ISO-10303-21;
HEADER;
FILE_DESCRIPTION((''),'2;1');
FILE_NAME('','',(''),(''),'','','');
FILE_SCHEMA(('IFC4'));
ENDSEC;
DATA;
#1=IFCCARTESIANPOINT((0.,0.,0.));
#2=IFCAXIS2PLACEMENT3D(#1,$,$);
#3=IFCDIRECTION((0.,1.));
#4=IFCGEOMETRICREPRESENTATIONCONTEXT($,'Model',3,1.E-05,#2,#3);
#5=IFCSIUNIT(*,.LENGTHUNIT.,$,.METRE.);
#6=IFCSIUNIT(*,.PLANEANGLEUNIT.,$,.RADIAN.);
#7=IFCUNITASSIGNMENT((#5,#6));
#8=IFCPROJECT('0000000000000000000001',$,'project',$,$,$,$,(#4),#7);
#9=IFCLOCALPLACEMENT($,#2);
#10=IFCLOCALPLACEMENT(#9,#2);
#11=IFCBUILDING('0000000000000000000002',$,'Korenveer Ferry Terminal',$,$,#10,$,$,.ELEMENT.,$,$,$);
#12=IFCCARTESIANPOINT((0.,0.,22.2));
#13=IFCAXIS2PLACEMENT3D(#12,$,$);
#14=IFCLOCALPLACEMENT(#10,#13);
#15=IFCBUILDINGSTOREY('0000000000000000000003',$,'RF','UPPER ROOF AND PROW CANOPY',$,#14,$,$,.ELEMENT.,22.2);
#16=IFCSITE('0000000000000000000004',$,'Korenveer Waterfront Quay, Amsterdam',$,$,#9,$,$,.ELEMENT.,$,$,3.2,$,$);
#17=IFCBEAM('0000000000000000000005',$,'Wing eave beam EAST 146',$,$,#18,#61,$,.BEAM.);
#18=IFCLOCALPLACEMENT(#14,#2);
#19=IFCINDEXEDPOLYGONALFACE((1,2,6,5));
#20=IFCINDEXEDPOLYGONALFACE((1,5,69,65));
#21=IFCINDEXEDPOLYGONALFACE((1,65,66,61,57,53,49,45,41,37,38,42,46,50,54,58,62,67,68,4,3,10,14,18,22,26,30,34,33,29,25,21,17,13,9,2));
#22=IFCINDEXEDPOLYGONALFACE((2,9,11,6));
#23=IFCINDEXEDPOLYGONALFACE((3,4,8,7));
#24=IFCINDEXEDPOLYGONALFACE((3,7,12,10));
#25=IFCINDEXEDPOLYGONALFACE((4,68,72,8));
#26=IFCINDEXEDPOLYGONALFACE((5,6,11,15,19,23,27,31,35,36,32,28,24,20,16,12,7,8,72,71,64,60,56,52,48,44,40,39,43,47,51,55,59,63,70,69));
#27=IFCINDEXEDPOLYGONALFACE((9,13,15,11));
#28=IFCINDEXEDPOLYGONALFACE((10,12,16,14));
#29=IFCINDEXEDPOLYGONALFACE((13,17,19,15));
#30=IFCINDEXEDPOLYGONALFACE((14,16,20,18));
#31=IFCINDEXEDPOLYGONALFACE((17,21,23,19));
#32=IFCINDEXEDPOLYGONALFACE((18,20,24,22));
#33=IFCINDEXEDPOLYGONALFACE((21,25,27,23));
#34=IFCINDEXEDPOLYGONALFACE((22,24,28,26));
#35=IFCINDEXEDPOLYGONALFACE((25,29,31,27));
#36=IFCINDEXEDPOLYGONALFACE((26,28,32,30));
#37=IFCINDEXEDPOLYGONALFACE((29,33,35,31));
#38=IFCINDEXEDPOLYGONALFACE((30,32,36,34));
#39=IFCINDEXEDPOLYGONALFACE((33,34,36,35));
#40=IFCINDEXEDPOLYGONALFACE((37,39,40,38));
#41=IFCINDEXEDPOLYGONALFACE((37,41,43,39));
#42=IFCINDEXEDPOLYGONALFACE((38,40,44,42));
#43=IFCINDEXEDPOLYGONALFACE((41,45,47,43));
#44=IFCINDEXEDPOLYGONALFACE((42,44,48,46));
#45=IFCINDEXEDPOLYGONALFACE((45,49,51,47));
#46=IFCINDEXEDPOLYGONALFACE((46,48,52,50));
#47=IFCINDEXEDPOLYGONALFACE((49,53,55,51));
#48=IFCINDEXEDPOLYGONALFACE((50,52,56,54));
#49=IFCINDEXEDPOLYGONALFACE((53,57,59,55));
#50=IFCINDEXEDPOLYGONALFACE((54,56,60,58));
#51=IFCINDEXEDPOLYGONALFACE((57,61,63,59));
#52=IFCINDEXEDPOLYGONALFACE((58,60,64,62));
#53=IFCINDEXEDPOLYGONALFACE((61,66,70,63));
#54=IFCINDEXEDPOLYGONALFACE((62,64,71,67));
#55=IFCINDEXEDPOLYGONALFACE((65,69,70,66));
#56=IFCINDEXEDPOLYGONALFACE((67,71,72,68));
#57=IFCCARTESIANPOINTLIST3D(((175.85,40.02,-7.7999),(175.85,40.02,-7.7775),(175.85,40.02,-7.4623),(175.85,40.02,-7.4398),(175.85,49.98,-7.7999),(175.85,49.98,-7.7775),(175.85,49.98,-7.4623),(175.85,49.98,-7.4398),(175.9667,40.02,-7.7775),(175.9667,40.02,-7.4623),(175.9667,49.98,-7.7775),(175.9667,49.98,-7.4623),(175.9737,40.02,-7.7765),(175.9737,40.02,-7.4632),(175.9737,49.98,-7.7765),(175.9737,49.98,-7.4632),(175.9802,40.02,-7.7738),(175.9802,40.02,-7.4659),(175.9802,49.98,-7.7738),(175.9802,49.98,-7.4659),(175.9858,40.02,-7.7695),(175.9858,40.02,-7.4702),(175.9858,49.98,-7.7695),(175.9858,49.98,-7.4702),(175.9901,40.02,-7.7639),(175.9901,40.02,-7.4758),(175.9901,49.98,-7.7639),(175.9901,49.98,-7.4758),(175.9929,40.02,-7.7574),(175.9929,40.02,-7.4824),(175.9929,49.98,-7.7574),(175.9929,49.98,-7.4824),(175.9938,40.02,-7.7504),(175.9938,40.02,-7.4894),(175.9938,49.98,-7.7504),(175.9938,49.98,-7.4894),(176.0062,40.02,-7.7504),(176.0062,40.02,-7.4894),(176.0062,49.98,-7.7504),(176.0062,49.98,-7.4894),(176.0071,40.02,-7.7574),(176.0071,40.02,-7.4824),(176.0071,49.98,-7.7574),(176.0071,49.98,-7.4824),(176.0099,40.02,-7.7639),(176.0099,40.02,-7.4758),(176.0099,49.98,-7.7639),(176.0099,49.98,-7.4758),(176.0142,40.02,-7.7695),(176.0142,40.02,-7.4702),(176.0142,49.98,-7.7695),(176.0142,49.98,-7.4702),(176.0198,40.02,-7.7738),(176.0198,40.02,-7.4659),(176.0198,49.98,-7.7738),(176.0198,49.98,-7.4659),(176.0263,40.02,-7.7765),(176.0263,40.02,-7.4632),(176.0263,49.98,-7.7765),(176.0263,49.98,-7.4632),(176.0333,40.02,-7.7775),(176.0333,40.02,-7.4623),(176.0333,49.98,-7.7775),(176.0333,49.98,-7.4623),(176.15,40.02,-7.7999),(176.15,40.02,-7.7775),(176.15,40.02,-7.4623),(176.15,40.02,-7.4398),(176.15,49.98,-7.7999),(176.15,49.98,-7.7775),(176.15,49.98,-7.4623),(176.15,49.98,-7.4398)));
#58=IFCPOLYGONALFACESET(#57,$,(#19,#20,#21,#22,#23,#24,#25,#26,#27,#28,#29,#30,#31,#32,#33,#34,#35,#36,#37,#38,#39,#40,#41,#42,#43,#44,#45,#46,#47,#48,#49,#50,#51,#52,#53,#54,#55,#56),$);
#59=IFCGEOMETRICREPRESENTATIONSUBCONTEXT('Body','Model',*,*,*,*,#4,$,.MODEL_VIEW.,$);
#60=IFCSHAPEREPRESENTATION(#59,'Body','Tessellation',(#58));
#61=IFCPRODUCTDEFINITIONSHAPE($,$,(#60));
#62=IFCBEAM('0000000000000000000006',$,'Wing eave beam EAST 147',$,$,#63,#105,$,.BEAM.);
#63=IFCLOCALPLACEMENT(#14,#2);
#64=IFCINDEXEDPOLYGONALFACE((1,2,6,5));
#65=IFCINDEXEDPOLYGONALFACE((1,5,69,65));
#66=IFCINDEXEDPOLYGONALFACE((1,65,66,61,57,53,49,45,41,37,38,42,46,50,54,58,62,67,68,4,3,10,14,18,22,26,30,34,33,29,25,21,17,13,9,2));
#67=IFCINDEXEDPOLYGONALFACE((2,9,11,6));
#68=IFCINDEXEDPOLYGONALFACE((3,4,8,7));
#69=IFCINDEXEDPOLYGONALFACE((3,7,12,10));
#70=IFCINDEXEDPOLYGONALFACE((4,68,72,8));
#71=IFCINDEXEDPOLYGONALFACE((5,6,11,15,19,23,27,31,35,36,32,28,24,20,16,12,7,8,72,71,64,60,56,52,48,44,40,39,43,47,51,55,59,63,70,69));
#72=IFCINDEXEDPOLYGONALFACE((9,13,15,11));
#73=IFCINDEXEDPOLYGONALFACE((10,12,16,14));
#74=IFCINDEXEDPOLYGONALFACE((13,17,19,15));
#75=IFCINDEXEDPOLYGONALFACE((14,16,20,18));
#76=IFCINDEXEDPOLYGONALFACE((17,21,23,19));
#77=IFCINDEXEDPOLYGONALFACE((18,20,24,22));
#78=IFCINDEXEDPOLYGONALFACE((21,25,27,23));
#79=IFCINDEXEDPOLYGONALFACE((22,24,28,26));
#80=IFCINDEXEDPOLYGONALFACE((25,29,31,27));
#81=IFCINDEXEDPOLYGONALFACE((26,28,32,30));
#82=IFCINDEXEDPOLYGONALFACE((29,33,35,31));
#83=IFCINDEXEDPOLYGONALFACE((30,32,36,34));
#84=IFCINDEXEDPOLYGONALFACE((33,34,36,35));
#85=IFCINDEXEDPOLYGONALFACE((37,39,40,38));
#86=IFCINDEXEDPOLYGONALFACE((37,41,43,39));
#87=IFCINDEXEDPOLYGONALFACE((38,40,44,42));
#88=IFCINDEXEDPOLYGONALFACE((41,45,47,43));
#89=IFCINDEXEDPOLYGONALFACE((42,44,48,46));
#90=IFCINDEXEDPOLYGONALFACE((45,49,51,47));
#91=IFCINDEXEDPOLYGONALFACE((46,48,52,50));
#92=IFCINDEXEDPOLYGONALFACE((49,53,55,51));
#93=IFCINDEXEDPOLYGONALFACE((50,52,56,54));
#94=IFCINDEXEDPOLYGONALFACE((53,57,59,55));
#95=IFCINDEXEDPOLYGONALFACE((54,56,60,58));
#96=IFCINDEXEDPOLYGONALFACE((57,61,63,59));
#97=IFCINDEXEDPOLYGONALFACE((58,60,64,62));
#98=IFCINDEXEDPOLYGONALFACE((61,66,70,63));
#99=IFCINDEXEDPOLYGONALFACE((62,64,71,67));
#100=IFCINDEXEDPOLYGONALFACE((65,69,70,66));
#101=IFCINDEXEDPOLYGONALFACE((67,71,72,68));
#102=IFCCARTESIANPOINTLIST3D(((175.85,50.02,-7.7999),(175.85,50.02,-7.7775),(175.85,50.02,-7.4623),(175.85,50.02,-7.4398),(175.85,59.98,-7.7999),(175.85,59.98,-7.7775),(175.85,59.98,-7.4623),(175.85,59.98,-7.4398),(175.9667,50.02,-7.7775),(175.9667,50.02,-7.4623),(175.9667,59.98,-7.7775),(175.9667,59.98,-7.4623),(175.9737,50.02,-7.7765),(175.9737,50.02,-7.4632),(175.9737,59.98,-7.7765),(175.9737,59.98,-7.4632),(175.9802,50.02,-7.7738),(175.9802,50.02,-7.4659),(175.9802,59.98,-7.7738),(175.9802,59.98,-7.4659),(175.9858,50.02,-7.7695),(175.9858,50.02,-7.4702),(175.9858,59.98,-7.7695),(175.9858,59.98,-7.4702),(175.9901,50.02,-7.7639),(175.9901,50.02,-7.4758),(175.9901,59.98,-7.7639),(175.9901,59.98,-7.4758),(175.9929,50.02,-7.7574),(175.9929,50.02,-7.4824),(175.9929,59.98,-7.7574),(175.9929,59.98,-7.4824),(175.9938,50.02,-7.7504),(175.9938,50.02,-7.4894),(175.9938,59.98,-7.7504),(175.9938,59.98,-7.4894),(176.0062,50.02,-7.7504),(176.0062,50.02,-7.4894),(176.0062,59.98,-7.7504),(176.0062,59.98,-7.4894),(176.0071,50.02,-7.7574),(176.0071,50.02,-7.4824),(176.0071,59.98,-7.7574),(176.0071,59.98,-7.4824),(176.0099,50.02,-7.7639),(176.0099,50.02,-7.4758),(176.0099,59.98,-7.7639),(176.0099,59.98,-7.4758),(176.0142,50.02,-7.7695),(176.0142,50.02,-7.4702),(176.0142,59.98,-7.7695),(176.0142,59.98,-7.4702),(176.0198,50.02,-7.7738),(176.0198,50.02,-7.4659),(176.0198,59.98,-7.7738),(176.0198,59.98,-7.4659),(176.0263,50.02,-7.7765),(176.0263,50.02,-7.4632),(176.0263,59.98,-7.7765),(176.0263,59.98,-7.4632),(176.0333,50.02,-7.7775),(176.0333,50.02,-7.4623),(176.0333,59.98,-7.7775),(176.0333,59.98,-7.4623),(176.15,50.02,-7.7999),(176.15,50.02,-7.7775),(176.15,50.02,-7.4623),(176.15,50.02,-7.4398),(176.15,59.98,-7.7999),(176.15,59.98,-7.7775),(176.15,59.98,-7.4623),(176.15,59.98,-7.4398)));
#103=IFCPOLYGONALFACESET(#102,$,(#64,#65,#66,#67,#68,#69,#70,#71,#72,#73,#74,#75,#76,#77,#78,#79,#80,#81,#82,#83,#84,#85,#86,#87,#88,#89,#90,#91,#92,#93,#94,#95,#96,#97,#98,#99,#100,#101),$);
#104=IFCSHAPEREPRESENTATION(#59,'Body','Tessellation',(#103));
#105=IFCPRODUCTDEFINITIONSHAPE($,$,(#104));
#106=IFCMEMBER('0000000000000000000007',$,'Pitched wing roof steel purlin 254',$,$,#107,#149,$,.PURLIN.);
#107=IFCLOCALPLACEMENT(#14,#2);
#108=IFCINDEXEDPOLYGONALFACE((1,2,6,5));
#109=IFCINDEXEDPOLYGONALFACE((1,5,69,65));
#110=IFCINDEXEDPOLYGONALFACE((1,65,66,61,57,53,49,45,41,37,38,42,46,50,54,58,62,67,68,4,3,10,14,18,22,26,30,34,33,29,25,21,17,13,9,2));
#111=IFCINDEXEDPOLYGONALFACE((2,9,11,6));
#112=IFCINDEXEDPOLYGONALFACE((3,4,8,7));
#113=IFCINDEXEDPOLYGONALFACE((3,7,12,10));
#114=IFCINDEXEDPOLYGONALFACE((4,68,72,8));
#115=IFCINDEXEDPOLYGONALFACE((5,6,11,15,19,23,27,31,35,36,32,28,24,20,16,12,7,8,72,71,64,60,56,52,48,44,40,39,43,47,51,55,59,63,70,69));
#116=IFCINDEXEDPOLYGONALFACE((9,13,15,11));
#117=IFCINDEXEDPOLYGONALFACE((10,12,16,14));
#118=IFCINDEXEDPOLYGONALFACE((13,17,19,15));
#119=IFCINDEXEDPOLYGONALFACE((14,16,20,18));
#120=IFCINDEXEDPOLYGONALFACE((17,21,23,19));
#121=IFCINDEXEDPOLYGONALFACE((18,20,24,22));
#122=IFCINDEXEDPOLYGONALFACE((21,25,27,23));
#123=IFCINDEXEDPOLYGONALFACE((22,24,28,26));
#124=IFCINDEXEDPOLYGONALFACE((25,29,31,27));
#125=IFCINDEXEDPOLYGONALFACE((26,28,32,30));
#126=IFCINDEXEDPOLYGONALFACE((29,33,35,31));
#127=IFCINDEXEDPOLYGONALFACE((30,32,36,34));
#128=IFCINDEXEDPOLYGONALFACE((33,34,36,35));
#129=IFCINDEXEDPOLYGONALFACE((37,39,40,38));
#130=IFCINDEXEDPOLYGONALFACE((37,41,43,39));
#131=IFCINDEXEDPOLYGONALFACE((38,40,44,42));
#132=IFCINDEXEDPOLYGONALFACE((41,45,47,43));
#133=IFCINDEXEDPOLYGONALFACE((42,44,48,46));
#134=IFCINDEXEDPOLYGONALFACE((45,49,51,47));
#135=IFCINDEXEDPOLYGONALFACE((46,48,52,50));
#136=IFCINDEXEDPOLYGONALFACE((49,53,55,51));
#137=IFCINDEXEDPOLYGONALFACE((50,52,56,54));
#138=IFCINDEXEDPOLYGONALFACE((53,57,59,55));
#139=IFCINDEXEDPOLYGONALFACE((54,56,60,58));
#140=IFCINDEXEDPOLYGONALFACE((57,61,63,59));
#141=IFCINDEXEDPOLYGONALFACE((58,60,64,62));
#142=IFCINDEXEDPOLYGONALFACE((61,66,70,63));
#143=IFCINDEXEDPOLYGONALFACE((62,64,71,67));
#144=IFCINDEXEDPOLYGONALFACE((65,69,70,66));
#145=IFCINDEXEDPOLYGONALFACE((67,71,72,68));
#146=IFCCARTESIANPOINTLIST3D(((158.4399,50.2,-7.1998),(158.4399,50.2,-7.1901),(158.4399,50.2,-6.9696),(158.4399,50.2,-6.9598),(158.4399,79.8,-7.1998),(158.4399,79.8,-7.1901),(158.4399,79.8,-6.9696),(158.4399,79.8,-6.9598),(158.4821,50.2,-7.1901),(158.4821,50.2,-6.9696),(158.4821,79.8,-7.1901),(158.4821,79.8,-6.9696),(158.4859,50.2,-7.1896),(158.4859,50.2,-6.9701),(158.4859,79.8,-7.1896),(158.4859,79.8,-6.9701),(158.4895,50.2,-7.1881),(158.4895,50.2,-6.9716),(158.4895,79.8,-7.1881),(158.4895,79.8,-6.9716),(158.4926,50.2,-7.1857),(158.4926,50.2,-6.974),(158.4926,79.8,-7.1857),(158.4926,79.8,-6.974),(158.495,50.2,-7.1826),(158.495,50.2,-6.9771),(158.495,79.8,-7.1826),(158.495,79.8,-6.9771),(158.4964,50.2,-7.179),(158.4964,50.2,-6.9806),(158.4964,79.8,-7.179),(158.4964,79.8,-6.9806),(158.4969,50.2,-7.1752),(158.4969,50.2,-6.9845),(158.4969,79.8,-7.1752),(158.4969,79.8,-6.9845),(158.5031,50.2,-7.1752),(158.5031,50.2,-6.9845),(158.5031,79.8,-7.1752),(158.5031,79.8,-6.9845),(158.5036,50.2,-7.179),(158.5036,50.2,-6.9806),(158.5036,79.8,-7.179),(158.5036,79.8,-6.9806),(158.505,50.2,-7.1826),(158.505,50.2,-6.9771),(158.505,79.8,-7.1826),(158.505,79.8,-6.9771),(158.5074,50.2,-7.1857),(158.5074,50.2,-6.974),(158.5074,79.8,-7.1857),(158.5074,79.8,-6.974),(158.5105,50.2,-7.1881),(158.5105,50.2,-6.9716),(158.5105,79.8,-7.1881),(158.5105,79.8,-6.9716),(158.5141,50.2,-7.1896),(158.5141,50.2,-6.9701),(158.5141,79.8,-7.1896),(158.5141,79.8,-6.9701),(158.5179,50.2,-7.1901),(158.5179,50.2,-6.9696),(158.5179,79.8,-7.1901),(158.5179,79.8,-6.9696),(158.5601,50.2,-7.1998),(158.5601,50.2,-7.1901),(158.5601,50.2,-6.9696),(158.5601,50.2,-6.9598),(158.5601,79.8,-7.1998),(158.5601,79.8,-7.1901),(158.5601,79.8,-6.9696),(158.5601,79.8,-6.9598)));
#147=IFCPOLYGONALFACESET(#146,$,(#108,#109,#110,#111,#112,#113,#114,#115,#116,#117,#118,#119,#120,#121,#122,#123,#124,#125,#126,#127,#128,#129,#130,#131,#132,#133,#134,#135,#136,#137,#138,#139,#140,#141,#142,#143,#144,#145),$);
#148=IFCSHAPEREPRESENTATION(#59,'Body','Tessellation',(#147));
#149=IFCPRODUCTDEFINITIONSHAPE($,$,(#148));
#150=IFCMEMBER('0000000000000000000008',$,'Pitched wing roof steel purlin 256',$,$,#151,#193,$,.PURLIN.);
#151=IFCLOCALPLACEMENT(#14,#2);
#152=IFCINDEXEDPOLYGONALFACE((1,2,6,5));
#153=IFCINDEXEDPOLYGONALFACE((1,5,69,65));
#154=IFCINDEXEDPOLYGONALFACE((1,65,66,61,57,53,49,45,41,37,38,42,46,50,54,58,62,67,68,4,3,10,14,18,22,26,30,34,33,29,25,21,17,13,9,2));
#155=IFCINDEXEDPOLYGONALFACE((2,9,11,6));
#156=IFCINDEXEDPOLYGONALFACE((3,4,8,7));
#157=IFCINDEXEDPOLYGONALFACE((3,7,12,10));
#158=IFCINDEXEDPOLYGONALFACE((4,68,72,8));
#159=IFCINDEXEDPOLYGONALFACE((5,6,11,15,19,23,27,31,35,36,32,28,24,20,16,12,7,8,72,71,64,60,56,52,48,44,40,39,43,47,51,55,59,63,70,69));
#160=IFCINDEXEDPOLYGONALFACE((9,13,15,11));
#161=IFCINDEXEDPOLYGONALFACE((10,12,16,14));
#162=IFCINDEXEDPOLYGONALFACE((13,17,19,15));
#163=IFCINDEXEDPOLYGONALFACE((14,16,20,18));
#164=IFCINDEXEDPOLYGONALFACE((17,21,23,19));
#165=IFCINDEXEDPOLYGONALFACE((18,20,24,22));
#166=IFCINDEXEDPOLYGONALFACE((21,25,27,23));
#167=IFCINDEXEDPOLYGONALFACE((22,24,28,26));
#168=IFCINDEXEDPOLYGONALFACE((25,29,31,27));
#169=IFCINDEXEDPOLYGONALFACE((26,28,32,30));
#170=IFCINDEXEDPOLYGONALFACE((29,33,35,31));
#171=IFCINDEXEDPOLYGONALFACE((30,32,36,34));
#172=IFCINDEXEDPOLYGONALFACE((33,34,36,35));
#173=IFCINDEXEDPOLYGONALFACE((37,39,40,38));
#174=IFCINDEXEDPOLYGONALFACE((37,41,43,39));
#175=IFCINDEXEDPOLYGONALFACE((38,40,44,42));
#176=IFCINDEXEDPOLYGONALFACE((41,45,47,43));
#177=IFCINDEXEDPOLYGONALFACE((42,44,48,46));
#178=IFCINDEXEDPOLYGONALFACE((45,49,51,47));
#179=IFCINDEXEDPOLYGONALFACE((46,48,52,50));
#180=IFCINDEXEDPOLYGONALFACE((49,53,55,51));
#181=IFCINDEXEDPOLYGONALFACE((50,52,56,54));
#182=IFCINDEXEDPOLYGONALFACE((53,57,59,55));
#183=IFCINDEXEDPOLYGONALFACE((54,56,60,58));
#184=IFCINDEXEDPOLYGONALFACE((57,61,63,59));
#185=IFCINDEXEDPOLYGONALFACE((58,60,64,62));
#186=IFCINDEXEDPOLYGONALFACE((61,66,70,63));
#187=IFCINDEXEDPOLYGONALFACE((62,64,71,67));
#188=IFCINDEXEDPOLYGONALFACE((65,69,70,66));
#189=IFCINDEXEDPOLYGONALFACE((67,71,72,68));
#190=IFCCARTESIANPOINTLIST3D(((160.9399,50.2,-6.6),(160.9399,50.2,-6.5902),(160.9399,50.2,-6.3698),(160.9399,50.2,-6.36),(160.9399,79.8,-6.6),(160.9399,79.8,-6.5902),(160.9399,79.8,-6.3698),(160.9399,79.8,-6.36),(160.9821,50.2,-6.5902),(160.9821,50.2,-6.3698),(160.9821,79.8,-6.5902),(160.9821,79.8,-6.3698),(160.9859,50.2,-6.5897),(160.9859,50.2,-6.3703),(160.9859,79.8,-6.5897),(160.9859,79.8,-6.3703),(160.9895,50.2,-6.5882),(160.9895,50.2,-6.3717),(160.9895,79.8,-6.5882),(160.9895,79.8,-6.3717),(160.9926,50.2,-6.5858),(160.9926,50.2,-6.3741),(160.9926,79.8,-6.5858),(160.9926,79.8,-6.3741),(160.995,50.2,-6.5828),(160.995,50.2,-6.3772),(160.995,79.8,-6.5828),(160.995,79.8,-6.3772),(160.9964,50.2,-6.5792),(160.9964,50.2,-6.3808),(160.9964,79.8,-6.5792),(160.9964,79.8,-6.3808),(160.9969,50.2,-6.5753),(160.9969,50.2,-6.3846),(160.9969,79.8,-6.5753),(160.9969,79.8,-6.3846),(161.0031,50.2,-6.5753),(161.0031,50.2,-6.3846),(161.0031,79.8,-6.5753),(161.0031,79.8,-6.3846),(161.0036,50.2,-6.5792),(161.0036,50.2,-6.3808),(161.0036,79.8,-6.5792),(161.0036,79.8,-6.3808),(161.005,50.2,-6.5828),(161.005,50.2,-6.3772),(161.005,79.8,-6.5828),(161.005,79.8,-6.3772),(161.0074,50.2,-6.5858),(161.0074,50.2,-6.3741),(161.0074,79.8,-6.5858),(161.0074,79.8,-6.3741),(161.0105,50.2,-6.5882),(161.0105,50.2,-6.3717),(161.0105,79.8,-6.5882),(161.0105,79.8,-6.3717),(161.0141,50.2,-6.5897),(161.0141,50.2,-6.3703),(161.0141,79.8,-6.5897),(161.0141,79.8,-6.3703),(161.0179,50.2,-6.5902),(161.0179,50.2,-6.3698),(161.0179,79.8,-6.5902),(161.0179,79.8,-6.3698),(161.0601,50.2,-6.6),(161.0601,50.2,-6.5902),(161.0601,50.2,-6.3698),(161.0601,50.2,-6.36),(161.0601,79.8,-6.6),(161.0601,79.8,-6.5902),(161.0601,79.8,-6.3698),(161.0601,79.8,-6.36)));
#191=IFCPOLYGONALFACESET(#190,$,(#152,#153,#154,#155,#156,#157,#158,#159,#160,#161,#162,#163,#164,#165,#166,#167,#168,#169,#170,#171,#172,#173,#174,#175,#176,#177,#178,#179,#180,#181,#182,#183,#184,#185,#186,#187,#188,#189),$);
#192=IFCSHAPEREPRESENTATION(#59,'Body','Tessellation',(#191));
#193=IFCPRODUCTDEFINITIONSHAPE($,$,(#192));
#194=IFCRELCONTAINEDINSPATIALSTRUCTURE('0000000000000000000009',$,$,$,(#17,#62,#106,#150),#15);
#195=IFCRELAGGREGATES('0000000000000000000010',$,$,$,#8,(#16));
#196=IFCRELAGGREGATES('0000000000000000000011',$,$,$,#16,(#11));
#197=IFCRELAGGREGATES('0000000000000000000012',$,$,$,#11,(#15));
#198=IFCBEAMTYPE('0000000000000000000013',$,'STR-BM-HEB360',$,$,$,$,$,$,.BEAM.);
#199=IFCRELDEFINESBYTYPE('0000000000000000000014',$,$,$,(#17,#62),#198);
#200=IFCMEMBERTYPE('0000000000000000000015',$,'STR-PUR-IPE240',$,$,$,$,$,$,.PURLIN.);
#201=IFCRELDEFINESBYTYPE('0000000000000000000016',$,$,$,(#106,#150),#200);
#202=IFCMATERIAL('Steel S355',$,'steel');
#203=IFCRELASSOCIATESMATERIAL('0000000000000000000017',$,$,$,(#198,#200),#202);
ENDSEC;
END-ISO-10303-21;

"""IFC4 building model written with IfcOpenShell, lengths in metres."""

from ifc_helpers import new_model, si_unit, direction, frame, origin, origin_2d, place, context, subcontext, project, spatial, i_section, extrude, material, material_profile, profile_set, type_object, element, save


model = new_model("IFC4")

# Units and contexts
model_context = context("Model", 3, precision=1e-05, world=origin(), true_north=direction((0.0, 1.0)))
body_context = subcontext(model_context, "Body", "Model", "MODEL_VIEW")
ifc_project = project(units=[si_unit("LENGTHUNIT", "METRE"), si_unit("PLANEANGLEUNIT", "RADIAN")], contexts=[model_context])

# Site, building, storey
site_placement = place(None, origin())
site = spatial("IfcSite", under=ifc_project, at=site_placement, Name="Korenveer Waterfront Quay, Amsterdam", CompositionType="ELEMENT", RefElevation=3.2)
building_placement = place(site_placement, origin())
building = spatial("IfcBuilding", under=site, at=building_placement, Name="Korenveer Ferry Terminal", CompositionType="ELEMENT")
storey_placement = place(building_placement, frame((0.0, 0.0, 22.2)))
storey = spatial("IfcBuildingStorey", under=building, at=storey_placement, Name="RF", Description="UPPER ROOF AND PROW CANOPY", CompositionType="ELEMENT", Elevation=22.2)

# Beams
ifc_material_1 = material(Name="Steel S355", Category="steel")
ifc_material_profile_1 = material_profile(ifc_material_1, i_section(OverallWidth=0.3, OverallDepth=0.3601, WebThickness=0.0125, FlangeThickness=0.0225, FilletRadius=0.0271, at=origin_2d()), Name="HEB 360")
ifc_profile_set_1 = profile_set([ifc_material_profile_1], Name="Steel S355")
beam_type_1 = type_object("IfcBeamType", Name="STR-BM-HEB360", PredefinedType="BEAM", material=ifc_profile_set_1)
for number, where, z_axis, x_axis, name in (
    (1, (176.0, 40.02, -7.6199), (0.0, 1.0, 0.0), (-1.0, 0.0, 0.0), "Wing eave beam EAST 146"),
    (2, (176.0, 50.02, -7.6199), (0.0, 1.0, 0.0), (-1.0, 0.0, 0.0), "Wing eave beam EAST 147"),
):
    element("IfcBeam", number, at=place(storey_placement, frame(where, z_axis=z_axis, x_axis=x_axis)), inside=storey, type_object=beam_type_1, Name=name, PredefinedType="BEAM", context=body_context, shape_type="SweptSolid", body=[
        extrude(i_section(OverallWidth=0.3, OverallDepth=0.3601, WebThickness=0.0125, FlangeThickness=0.0225, FilletRadius=0.0271, at=origin_2d()), origin(), (0.0, 0.0, 1.0), 9.96),
    ])

# Members
ifc_material_profile_2 = material_profile(ifc_material_1, i_section(OverallWidth=0.1201, OverallDepth=0.24, WebThickness=0.0061, FlangeThickness=0.0098, FilletRadius=0.0149, at=origin_2d()), Name="IPE 240")
ifc_profile_set_2 = profile_set([ifc_material_profile_2], Name="Steel S355")
member_type_1 = type_object("IfcMemberType", Name="STR-PUR-IPE240", PredefinedType="PURLIN", material=ifc_profile_set_2)
for number, where, z_axis, x_axis, name in (
    (3, (158.5, 50.2, -7.0798), (0.0, 1.0, 0.0), (-1.0, 0.0, 0.0), "Pitched wing roof steel purlin 254"),
    (4, (161.0, 50.2, -6.48), (0.0, 1.0, 0.0), (-1.0, 0.0, 0.0), "Pitched wing roof steel purlin 256"),
):
    element("IfcMember", number, at=place(storey_placement, frame(where, z_axis=z_axis, x_axis=x_axis)), inside=storey, type_object=member_type_1, Name=name, PredefinedType="PURLIN", context=body_context, shape_type="SweptSolid", body=[
        extrude(i_section(OverallWidth=0.1201, OverallDepth=0.24, WebThickness=0.0061, FlangeThickness=0.0098, FilletRadius=0.0149, at=origin_2d()), origin(), (0.0, 0.0, 1.0), 29.6001),
    ])

save(model, "model.ifc")
